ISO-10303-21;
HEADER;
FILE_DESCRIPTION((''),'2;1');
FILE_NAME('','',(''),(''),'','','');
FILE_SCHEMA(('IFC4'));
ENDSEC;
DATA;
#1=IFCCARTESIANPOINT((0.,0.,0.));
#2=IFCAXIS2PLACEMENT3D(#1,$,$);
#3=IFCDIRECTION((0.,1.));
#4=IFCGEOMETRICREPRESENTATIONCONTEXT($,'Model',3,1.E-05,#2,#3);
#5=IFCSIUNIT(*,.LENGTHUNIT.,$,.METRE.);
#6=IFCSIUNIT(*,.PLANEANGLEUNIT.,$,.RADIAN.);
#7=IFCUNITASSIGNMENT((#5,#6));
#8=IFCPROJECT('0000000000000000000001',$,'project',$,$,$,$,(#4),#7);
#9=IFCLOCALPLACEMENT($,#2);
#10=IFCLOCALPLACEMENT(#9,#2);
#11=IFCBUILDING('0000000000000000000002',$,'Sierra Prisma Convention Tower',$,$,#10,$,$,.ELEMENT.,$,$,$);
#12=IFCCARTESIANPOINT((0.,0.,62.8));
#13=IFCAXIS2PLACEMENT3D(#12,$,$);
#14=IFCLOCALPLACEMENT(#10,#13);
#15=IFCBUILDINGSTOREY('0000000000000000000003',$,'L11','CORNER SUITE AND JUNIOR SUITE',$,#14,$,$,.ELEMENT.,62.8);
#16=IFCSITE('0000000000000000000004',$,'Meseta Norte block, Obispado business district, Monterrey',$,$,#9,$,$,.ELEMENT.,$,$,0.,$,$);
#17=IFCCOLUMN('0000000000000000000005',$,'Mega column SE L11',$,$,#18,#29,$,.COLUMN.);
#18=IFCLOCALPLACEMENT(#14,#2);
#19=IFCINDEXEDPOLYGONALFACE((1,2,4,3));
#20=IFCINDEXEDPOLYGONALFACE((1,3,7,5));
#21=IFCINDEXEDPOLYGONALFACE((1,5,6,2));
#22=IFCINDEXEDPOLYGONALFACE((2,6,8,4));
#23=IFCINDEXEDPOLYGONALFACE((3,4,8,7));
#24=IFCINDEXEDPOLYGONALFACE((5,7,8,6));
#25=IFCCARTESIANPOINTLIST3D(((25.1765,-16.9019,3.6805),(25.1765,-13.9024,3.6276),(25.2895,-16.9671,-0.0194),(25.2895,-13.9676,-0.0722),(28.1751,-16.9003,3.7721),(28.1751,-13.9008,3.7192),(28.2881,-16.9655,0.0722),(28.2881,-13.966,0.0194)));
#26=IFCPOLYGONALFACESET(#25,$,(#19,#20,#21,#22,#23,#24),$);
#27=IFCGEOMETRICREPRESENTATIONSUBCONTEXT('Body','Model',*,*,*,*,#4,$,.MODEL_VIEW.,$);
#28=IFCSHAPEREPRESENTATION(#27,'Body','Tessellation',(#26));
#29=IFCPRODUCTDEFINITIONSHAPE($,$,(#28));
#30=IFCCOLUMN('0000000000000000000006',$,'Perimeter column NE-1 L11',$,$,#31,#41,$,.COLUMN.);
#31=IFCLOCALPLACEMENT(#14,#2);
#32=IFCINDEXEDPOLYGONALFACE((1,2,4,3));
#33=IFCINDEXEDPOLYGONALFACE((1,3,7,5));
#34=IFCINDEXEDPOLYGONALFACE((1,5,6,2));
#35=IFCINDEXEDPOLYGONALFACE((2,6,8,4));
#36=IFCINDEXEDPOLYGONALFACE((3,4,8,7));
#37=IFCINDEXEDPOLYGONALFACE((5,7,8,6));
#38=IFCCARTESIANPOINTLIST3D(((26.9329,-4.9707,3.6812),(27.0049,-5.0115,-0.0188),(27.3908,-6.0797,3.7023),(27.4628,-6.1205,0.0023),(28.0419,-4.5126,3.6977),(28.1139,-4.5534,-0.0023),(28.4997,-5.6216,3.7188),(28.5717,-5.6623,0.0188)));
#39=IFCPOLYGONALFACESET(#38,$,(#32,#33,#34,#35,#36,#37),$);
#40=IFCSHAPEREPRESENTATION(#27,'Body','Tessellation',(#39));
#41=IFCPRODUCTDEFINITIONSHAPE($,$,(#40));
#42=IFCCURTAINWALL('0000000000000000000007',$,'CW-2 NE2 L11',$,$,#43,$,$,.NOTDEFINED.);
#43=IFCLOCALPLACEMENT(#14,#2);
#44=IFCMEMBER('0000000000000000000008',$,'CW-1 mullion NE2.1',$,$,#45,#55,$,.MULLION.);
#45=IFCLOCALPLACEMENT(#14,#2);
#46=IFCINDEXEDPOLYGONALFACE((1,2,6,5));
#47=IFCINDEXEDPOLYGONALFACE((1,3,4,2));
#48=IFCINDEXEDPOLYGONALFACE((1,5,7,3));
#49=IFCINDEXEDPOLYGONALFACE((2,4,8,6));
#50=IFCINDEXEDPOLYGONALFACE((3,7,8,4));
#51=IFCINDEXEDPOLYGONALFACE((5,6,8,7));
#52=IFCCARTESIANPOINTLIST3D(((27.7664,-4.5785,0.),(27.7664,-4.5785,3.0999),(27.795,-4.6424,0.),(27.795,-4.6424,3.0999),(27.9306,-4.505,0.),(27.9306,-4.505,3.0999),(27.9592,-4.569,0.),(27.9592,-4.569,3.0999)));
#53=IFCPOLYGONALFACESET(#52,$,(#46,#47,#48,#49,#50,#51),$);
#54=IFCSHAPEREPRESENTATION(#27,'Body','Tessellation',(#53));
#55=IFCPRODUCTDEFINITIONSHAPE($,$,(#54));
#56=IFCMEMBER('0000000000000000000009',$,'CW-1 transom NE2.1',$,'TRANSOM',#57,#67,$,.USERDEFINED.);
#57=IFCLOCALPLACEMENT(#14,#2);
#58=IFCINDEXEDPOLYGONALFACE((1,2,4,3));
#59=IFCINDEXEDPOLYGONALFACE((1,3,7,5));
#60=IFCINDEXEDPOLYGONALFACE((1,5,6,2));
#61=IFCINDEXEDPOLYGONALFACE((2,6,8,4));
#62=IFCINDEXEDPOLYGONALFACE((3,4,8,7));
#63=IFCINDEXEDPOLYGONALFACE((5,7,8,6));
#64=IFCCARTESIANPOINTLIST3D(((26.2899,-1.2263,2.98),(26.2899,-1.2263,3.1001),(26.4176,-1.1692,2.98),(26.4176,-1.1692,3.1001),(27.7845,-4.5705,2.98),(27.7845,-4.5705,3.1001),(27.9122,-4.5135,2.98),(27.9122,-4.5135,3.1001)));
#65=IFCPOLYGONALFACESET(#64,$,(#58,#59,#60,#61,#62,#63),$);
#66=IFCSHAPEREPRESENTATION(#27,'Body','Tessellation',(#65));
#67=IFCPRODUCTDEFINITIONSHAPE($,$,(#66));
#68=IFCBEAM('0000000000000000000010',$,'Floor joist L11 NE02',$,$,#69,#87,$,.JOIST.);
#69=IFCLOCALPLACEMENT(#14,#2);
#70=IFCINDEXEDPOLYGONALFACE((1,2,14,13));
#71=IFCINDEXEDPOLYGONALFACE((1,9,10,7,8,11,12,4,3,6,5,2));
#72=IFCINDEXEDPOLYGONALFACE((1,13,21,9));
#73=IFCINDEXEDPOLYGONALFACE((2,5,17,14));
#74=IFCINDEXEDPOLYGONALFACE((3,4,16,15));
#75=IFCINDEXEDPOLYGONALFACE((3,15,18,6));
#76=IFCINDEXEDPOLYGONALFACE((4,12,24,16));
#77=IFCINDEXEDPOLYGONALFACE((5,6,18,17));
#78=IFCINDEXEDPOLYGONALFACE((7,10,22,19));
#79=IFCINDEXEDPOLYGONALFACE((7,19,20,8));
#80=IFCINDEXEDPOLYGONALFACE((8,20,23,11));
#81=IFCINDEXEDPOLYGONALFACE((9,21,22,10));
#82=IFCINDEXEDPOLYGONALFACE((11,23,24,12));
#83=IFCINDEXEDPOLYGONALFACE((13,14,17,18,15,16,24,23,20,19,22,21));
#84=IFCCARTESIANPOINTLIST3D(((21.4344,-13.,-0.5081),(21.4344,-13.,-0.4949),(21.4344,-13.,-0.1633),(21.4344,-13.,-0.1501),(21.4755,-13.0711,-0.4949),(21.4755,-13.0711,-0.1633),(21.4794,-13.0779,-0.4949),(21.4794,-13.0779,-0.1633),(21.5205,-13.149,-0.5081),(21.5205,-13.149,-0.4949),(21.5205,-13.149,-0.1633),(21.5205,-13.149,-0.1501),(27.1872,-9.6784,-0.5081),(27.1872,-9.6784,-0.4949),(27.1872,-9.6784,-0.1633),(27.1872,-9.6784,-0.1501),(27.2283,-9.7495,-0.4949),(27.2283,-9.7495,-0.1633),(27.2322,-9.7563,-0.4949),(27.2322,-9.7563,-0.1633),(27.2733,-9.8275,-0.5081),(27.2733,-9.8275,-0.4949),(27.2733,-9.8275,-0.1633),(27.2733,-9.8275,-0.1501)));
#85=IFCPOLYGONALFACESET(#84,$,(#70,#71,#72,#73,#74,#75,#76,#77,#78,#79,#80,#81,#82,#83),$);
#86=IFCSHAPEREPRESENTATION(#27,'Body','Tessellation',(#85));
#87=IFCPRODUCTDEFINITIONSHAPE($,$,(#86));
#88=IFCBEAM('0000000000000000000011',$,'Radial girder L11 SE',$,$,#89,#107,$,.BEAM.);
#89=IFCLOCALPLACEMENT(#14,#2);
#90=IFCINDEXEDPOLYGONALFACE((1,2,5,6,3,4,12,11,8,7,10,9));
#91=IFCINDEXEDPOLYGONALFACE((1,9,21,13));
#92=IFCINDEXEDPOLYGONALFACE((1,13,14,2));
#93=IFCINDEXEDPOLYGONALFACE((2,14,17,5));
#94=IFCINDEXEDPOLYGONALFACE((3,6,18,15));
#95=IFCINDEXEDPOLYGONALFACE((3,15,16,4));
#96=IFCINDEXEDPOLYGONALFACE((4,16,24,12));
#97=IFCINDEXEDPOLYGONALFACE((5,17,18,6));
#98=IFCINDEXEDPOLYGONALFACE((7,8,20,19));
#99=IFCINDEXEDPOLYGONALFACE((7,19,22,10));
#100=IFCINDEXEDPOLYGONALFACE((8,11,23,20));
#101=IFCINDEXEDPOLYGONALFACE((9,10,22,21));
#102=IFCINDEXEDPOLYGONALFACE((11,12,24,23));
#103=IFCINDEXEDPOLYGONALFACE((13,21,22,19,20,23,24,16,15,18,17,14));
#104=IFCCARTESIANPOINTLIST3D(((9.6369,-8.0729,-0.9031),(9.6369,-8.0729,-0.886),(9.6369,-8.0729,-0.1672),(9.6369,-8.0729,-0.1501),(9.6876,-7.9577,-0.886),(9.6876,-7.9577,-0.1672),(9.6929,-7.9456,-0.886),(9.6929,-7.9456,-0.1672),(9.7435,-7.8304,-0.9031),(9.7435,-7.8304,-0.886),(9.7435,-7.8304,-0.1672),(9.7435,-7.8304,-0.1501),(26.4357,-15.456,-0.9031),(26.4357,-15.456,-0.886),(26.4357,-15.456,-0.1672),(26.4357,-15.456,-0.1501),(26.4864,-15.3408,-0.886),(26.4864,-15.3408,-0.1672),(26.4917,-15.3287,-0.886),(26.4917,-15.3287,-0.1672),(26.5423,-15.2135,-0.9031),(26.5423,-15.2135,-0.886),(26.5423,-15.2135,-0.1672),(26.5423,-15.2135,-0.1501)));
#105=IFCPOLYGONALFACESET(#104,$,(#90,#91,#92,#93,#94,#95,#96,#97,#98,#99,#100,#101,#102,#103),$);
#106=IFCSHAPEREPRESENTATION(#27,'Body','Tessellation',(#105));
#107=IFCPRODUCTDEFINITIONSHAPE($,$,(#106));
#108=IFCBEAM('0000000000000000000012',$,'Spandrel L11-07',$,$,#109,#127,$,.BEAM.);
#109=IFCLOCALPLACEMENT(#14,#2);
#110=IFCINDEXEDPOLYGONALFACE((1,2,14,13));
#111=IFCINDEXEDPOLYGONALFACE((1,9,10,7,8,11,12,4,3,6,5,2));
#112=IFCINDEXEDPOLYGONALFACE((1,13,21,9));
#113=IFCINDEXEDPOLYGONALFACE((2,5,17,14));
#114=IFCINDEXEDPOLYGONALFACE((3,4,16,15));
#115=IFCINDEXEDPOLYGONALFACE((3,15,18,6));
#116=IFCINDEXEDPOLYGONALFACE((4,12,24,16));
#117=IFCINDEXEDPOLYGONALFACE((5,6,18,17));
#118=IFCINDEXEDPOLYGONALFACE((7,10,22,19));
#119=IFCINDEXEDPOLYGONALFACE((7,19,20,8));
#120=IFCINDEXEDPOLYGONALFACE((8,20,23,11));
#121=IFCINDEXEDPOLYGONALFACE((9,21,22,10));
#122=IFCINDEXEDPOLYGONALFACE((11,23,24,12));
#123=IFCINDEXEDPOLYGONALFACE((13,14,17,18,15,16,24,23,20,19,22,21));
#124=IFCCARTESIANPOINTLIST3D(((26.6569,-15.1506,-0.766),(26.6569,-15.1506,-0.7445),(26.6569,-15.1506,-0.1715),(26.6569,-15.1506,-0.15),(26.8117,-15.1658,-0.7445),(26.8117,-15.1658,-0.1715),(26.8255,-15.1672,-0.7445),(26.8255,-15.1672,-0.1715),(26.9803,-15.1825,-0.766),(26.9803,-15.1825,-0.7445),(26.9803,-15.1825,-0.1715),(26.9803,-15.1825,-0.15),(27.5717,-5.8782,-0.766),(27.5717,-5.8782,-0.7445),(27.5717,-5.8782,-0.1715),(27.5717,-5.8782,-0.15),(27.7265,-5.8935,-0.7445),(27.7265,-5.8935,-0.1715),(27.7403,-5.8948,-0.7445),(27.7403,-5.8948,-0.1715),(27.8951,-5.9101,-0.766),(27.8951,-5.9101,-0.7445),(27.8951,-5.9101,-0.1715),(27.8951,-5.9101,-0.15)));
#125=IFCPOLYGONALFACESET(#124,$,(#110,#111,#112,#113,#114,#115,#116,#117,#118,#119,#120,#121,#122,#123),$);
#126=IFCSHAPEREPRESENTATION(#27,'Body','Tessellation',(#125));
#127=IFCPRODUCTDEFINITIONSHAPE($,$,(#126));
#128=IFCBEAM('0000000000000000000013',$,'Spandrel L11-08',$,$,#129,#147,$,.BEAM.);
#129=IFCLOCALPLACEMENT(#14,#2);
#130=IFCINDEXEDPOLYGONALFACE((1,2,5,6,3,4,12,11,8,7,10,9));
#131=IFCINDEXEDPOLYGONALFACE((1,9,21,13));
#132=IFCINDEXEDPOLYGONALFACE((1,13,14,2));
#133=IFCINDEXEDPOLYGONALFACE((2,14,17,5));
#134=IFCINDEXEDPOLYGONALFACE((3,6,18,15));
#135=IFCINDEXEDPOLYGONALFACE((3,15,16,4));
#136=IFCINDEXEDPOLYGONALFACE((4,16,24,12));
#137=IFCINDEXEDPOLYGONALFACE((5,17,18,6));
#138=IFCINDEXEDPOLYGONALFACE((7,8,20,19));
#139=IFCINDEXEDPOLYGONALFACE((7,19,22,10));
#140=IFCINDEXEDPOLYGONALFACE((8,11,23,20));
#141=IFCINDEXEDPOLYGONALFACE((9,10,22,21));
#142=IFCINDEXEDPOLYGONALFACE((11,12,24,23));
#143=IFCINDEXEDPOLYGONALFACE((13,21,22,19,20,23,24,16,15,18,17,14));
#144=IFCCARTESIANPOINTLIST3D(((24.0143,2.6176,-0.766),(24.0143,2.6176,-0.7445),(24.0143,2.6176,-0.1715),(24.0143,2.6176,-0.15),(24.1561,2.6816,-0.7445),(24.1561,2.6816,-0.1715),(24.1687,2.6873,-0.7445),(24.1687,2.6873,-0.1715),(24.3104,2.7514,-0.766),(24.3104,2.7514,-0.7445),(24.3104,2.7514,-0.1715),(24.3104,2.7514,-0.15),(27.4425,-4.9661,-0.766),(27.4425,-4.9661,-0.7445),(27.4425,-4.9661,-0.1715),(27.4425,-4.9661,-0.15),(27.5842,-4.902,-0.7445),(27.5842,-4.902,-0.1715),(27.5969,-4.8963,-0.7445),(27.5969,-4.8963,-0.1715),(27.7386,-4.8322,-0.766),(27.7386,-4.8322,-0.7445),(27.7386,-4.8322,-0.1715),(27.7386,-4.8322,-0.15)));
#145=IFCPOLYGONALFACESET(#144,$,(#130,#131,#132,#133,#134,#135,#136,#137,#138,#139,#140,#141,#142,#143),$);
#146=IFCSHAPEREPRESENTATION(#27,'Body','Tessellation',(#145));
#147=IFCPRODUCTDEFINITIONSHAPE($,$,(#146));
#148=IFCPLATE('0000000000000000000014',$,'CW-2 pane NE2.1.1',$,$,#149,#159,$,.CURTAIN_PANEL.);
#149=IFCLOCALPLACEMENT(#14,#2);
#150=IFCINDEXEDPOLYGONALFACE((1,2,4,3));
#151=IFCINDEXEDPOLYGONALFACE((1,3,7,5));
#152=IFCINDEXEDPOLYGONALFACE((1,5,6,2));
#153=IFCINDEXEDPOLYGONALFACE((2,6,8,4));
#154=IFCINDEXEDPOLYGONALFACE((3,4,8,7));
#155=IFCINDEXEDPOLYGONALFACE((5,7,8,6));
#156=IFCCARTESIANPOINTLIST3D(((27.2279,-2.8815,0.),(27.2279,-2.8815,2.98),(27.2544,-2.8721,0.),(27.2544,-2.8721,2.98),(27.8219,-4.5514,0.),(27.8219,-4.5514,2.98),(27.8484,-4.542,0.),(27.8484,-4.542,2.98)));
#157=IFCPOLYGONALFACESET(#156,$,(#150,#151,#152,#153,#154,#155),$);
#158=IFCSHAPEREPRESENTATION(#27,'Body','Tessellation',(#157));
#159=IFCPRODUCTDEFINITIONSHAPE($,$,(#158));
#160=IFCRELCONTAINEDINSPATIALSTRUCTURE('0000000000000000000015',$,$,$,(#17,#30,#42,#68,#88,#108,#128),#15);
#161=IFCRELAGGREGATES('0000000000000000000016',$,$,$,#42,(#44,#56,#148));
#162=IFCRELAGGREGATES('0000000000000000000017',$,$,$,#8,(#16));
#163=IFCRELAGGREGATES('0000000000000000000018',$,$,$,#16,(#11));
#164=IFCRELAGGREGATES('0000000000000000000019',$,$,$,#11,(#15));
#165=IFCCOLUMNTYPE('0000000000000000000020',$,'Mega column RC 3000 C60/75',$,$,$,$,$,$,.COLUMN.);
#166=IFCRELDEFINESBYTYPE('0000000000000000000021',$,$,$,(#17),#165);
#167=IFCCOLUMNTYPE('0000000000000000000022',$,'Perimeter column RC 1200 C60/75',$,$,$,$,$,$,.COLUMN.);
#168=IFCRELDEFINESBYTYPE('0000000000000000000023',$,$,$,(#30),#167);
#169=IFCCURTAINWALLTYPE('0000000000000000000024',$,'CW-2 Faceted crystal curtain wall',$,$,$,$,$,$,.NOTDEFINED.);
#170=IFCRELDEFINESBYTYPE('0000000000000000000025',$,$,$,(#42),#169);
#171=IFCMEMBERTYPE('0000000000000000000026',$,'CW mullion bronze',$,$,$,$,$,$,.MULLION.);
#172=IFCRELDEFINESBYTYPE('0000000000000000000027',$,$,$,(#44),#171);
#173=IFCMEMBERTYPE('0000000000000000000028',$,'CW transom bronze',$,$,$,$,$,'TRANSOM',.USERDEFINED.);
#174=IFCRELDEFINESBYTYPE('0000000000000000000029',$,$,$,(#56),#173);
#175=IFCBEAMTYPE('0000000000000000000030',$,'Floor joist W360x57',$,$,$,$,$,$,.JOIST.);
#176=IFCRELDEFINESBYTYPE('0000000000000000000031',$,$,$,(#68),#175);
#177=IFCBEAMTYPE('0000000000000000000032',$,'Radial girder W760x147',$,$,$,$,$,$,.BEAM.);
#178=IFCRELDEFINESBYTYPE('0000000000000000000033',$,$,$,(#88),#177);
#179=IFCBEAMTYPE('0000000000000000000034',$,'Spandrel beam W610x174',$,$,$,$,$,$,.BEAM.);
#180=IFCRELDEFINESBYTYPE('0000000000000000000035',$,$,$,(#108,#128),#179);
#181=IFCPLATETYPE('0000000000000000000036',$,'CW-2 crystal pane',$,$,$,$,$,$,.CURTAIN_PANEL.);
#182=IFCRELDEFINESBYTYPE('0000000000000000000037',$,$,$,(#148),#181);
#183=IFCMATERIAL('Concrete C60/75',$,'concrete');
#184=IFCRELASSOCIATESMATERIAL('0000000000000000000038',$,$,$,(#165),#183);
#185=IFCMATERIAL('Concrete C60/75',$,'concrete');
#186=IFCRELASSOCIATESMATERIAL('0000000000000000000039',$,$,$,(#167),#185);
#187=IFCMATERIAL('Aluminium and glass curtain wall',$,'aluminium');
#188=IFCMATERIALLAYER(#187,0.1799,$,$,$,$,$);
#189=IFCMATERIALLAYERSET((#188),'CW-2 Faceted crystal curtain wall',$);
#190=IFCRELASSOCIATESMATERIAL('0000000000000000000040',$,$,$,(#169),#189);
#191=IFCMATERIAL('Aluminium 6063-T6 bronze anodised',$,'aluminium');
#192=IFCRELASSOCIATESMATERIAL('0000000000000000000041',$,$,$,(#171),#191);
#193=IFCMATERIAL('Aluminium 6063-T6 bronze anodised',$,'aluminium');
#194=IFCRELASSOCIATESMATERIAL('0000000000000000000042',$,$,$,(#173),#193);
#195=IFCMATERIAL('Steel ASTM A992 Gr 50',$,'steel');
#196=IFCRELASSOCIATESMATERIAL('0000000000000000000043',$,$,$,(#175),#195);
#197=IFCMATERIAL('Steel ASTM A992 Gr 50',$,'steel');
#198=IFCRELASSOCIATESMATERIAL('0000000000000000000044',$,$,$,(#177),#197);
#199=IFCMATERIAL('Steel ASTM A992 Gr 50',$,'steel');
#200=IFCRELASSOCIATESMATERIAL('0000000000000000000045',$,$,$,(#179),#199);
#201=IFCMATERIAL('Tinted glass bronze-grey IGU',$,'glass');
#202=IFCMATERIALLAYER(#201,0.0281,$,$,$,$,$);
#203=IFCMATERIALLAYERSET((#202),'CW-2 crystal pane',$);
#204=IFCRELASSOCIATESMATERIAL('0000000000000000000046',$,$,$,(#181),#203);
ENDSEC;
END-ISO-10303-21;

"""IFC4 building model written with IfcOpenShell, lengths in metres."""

from ifc_helpers import new_model, si_unit, direction, frame, origin, origin_2d, place, context, subcontext, project, spatial, polyline, rectangle, i_section, outline, extrude, material, layer, layer_set, material_profile, profile_set, type_object, element, aggregate, save


model = new_model("IFC4")

# Units and contexts
model_context = context("Model", 3, precision=1e-05, world=origin(), true_north=direction((0.0, 1.0)))
body_context = subcontext(model_context, "Body", "Model", "MODEL_VIEW")
ifc_project = project(units=[si_unit("LENGTHUNIT", "METRE"), si_unit("PLANEANGLEUNIT", "RADIAN")], contexts=[model_context])

# Site, building, storey
site_placement = place(None, origin())
site = spatial("IfcSite", under=ifc_project, at=site_placement, Name="Meseta Norte block, Obispado business district, Monterrey", CompositionType="ELEMENT", RefElevation=0.0)
building_placement = place(site_placement, origin())
building = spatial("IfcBuilding", under=site, at=building_placement, Name="Sierra Prisma Convention Tower", CompositionType="ELEMENT")
storey_placement = place(building_placement, frame((0.0, 0.0, 62.8)))
storey = spatial("IfcBuildingStorey", under=building, at=storey_placement, Name="L11", Description="CORNER SUITE AND JUNIOR SUITE", CompositionType="ELEMENT", Elevation=62.8)

# Columns
ifc_material_1 = material(Name="Concrete C60/75", Category="concrete")
ifc_material_profile_1 = material_profile(ifc_material_1, rectangle(XDim=3.0, YDim=3.0, at=origin_2d()), Name="Mega column RC 3000 C60/75")
ifc_profile_set_1 = profile_set([ifc_material_profile_1], Name="Concrete C60/75")
column_type_1 = type_object("IfcColumnType", Name="Mega column RC 3000 C60/75", PredefinedType="COLUMN", material=ifc_profile_set_1)
column_1_placement = place(storey_placement, frame((26.7888, -15.4666, 0.0), z_axis=(-0.030532, 0.017607, 0.999379), x_axis=(0.999534, 0.000538, 0.030527)))
element("IfcColumn", 1, at=column_1_placement, inside=storey, type_object=column_type_1, Name="Mega column SE L11", PredefinedType="COLUMN", context=body_context, shape_type="SweptSolid", body=[
    extrude(rectangle(XDim=3.0, YDim=3.0, at=origin_2d()), origin(), (0.0, 0.0, 1.0), 3.7021),
])
ifc_material_2 = material(Name="Concrete C60/75", Category="concrete")
ifc_material_profile_2 = material_profile(ifc_material_2, rectangle(XDim=1.2, YDim=1.2, at=origin_2d()), Name="Perimeter column RC 1200 C60/75")
ifc_profile_set_2 = profile_set([ifc_material_profile_2], Name="Concrete C60/75")
column_type_2 = type_object("IfcColumnType", Name="Perimeter column RC 1200 C60/75", PredefinedType="COLUMN", material=ifc_profile_set_2)
column_2_placement = place(storey_placement, frame((27.7883, -5.3369, 0.0), z_axis=(-0.019461, 0.011017, 0.99975), x_axis=(-0.381542, 0.924184, -0.017611)))
element("IfcColumn", 2, at=column_2_placement, inside=storey, type_object=column_type_2, Name="Perimeter column NE-1 L11", PredefinedType="COLUMN", context=body_context, shape_type="SweptSolid", body=[
    extrude(rectangle(XDim=1.2, YDim=1.2, at=origin_2d()), origin(), (0.0, 0.0, 1.0), 3.7009),
])

# Curtain wall, members
ifc_material_3 = material(Name="Aluminium and glass curtain wall", Category="aluminium")
ifc_layer_1 = layer(ifc_material_3, 0.1799)
ifc_layer_set_1 = layer_set([ifc_layer_1], Name="CW-2 Faceted crystal curtain wall")
curtain_wall_type = type_object("IfcCurtainWallType", Name="CW-2 Faceted crystal curtain wall", PredefinedType="NOTDEFINED", material=ifc_layer_set_1)
curtain_wall_placement = place(storey_placement, origin())
curtain_wall = element("IfcCurtainWall", 3, at=curtain_wall_placement, inside=storey, type_object=curtain_wall_type, Name="CW-2 NE2 L11", PredefinedType="NOTDEFINED")
ifc_material_4 = material(Name="Aluminium 6063-T6 bronze anodised", Category="aluminium")
ifc_material_profile_3 = material_profile(ifc_material_4, rectangle(XDim=0.1799, YDim=0.0701, at=origin_2d()), Name="ALU MULLION 70x180")
ifc_profile_set_3 = profile_set([ifc_material_profile_3], Name="Aluminium 6063-T6 bronze anodised")
member_type_1 = type_object("IfcMemberType", Name="CW mullion bronze", PredefinedType="MULLION", material=ifc_profile_set_3)
member_1_placement = place(storey_placement, frame((27.8628, -4.5737, 0.0), z_axis=(0.0, 0.0, 1.0), x_axis=(-0.912959, -0.408052, 0.0)))
member_1 = element("IfcMember", 4, at=member_1_placement, type_object=member_type_1, Name="CW-1 mullion NE2.1", PredefinedType="MULLION", context=body_context, shape_type="SweptSolid", body=[
    extrude(rectangle(XDim=0.1799, YDim=0.0701, at=origin_2d()), origin(), (0.0, 0.0, 1.0), 3.0999),
])
ifc_material_5 = material(Name="Aluminium 6063-T6 bronze anodised", Category="aluminium")
ifc_material_profile_4 = material_profile(ifc_material_5, rectangle(XDim=0.1399, YDim=0.1201, at=origin_2d()), Name="ALU TRANSOM 120x140")
ifc_profile_set_4 = profile_set([ifc_material_profile_4], Name="Aluminium 6063-T6 bronze anodised")
member_type_2 = type_object("IfcMemberType", Name="CW transom bronze", ElementType="TRANSOM", PredefinedType="USERDEFINED", material=ifc_profile_set_4)
member_2_placement = place(storey_placement, frame((27.8484, -4.542, 3.04), z_axis=(-0.40803, 0.912969, 0.0), x_axis=(-0.912969, -0.40803, 0.0)))
member_2 = element("IfcMember", 5, at=member_2_placement, type_object=member_type_2, Name="CW-1 transom NE2.1", ObjectType="TRANSOM", PredefinedType="USERDEFINED", context=body_context, shape_type="SweptSolid", body=[
    extrude(rectangle(XDim=0.1399, YDim=0.1201, at=origin_2d()), origin(), (0.0, 0.0, 1.0), 3.6631),
])

# Beams
ifc_material_6 = material(Name="Steel ASTM A992 Gr 50", Category="steel")
ifc_material_profile_5 = material_profile(ifc_material_6, i_section(OverallWidth=0.1721, OverallDepth=0.3579, WebThickness=0.0078, FlangeThickness=0.0132, at=origin_2d()), Name="W360x57")
ifc_profile_set_5 = profile_set([ifc_material_profile_5], Name="Steel ASTM A992 Gr 50")
beam_type_1 = type_object("IfcBeamType", Name="Floor joist W360x57", PredefinedType="JOIST", material=ifc_profile_set_5)
beam_1_placement = place(storey_placement, frame((27.2302, -9.7529, -0.3291), z_axis=(-0.866011, -0.500025, 0.0), x_axis=(0.500025, -0.866011, 0.0)))
element("IfcBeam", 6, at=beam_1_placement, inside=storey, type_object=beam_type_1, Name="Floor joist L11 NE02", PredefinedType="JOIST", context=body_context, shape_type="SweptSolid", body=[
    extrude(i_section(OverallWidth=0.1721, OverallDepth=0.3579, WebThickness=0.0078, FlangeThickness=0.0132, at=origin_2d()), origin(), (0.0, 0.0, 1.0), 6.6428),
])
ifc_material_7 = material(Name="Steel ASTM A992 Gr 50", Category="steel")
ifc_material_profile_6 = material_profile(ifc_material_7, i_section(OverallWidth=0.2649, OverallDepth=0.7529, WebThickness=0.0132, FlangeThickness=0.0171, at=origin_2d()), Name="W760x147")
ifc_profile_set_6 = profile_set([ifc_material_profile_6], Name="Steel ASTM A992 Gr 50")
beam_type_2 = type_object("IfcBeamType", Name="Radial girder W760x147", PredefinedType="BEAM", material=ifc_profile_set_6)
beam_2_placement = place(storey_placement, frame((26.489, -15.3347, -0.5266), z_axis=(-0.915484, 0.402354, 0.0), x_axis=(-0.402354, -0.915484, 0.0)))
element("IfcBeam", 7, at=beam_2_placement, inside=storey, type_object=beam_type_2, Name="Radial girder L11 SE", PredefinedType="BEAM", context=body_context, shape_type="SweptSolid", body=[
    extrude(i_section(OverallWidth=0.2649, OverallDepth=0.7529, WebThickness=0.0132, FlangeThickness=0.0171, at=origin_2d()), origin(), (0.0, 0.0, 1.0), 18.3496),
])
ifc_material_8 = material(Name="Steel ASTM A992 Gr 50", Category="steel")
ifc_material_profile_7 = material_profile(ifc_material_8, i_section(OverallWidth=0.325, OverallDepth=0.616, WebThickness=0.0139, FlangeThickness=0.0215, at=origin_2d()), Name="W610x174")
ifc_profile_set_7 = profile_set([ifc_material_profile_7], Name="Steel ASTM A992 Gr 50")
beam_type_3 = type_object("IfcBeamType", Name="Spandrel beam W610x174", PredefinedType="BEAM", material=ifc_profile_set_7)
beam_3_placement = place(storey_placement, frame((26.8186, -15.1665, -0.458), z_axis=(0.098181, 0.995169, 0.0), x_axis=(-0.995169, 0.098181, 0.0)))
element("IfcBeam", 8, at=beam_3_placement, inside=storey, type_object=beam_type_3, Name="Spandrel L11-07", PredefinedType="BEAM", context=body_context, shape_type="SweptSolid", body=[
    extrude(i_section(OverallWidth=0.325, OverallDepth=0.616, WebThickness=0.0139, FlangeThickness=0.0215, at=origin_2d()), origin(), (0.0, 0.0, 1.0), 9.3174),
])
beam_4_placement = place(storey_placement, frame((27.5906, -4.8992, -0.458), z_axis=(-0.411917, 0.911221, 0.0), x_axis=(-0.911221, -0.411917, 0.0)))
element("IfcBeam", 9, at=beam_4_placement, inside=storey, type_object=beam_type_3, Name="Spandrel L11-08", PredefinedType="BEAM", context=body_context, shape_type="SweptSolid", body=[
    extrude(i_section(OverallWidth=0.325, OverallDepth=0.616, WebThickness=0.0139, FlangeThickness=0.0215, at=origin_2d()), origin(), (0.0, 0.0, 1.0), 8.3225),
])

# Plate
ifc_material_9 = material(Name="Tinted glass bronze-grey IGU", Category="glass")
ifc_layer_2 = layer(ifc_material_9, 0.0281)
ifc_layer_set_2 = layer_set([ifc_layer_2], Name="CW-2 crystal pane")
plate_type = type_object("IfcPlateType", Name="CW-2 crystal pane", PredefinedType="CURTAIN_PANEL", material=ifc_layer_set_2)
plate_placement = place(storey_placement, frame((27.8484, -4.542, 0.0), z_axis=(0.942171, 0.335132, 0.0), x_axis=(-0.335132, 0.942171, 0.0)))
plate = element("IfcPlate", 10, at=plate_placement, type_object=plate_type, Name="CW-2 pane NE2.1.1", PredefinedType="CURTAIN_PANEL", context=body_context, shape_type="SweptSolid", body=[
    extrude(outline(polyline([(0.0, 0.0), (1.7724, 0.0), (1.7724, 2.98), (0.0, 2.98), (0.0, 0.0)])), origin(), (0.0, 0.0, -1.0), 0.0281),
])
aggregate(curtain_wall, [member_1, member_2, plate])

save(model, "model.ifc")
